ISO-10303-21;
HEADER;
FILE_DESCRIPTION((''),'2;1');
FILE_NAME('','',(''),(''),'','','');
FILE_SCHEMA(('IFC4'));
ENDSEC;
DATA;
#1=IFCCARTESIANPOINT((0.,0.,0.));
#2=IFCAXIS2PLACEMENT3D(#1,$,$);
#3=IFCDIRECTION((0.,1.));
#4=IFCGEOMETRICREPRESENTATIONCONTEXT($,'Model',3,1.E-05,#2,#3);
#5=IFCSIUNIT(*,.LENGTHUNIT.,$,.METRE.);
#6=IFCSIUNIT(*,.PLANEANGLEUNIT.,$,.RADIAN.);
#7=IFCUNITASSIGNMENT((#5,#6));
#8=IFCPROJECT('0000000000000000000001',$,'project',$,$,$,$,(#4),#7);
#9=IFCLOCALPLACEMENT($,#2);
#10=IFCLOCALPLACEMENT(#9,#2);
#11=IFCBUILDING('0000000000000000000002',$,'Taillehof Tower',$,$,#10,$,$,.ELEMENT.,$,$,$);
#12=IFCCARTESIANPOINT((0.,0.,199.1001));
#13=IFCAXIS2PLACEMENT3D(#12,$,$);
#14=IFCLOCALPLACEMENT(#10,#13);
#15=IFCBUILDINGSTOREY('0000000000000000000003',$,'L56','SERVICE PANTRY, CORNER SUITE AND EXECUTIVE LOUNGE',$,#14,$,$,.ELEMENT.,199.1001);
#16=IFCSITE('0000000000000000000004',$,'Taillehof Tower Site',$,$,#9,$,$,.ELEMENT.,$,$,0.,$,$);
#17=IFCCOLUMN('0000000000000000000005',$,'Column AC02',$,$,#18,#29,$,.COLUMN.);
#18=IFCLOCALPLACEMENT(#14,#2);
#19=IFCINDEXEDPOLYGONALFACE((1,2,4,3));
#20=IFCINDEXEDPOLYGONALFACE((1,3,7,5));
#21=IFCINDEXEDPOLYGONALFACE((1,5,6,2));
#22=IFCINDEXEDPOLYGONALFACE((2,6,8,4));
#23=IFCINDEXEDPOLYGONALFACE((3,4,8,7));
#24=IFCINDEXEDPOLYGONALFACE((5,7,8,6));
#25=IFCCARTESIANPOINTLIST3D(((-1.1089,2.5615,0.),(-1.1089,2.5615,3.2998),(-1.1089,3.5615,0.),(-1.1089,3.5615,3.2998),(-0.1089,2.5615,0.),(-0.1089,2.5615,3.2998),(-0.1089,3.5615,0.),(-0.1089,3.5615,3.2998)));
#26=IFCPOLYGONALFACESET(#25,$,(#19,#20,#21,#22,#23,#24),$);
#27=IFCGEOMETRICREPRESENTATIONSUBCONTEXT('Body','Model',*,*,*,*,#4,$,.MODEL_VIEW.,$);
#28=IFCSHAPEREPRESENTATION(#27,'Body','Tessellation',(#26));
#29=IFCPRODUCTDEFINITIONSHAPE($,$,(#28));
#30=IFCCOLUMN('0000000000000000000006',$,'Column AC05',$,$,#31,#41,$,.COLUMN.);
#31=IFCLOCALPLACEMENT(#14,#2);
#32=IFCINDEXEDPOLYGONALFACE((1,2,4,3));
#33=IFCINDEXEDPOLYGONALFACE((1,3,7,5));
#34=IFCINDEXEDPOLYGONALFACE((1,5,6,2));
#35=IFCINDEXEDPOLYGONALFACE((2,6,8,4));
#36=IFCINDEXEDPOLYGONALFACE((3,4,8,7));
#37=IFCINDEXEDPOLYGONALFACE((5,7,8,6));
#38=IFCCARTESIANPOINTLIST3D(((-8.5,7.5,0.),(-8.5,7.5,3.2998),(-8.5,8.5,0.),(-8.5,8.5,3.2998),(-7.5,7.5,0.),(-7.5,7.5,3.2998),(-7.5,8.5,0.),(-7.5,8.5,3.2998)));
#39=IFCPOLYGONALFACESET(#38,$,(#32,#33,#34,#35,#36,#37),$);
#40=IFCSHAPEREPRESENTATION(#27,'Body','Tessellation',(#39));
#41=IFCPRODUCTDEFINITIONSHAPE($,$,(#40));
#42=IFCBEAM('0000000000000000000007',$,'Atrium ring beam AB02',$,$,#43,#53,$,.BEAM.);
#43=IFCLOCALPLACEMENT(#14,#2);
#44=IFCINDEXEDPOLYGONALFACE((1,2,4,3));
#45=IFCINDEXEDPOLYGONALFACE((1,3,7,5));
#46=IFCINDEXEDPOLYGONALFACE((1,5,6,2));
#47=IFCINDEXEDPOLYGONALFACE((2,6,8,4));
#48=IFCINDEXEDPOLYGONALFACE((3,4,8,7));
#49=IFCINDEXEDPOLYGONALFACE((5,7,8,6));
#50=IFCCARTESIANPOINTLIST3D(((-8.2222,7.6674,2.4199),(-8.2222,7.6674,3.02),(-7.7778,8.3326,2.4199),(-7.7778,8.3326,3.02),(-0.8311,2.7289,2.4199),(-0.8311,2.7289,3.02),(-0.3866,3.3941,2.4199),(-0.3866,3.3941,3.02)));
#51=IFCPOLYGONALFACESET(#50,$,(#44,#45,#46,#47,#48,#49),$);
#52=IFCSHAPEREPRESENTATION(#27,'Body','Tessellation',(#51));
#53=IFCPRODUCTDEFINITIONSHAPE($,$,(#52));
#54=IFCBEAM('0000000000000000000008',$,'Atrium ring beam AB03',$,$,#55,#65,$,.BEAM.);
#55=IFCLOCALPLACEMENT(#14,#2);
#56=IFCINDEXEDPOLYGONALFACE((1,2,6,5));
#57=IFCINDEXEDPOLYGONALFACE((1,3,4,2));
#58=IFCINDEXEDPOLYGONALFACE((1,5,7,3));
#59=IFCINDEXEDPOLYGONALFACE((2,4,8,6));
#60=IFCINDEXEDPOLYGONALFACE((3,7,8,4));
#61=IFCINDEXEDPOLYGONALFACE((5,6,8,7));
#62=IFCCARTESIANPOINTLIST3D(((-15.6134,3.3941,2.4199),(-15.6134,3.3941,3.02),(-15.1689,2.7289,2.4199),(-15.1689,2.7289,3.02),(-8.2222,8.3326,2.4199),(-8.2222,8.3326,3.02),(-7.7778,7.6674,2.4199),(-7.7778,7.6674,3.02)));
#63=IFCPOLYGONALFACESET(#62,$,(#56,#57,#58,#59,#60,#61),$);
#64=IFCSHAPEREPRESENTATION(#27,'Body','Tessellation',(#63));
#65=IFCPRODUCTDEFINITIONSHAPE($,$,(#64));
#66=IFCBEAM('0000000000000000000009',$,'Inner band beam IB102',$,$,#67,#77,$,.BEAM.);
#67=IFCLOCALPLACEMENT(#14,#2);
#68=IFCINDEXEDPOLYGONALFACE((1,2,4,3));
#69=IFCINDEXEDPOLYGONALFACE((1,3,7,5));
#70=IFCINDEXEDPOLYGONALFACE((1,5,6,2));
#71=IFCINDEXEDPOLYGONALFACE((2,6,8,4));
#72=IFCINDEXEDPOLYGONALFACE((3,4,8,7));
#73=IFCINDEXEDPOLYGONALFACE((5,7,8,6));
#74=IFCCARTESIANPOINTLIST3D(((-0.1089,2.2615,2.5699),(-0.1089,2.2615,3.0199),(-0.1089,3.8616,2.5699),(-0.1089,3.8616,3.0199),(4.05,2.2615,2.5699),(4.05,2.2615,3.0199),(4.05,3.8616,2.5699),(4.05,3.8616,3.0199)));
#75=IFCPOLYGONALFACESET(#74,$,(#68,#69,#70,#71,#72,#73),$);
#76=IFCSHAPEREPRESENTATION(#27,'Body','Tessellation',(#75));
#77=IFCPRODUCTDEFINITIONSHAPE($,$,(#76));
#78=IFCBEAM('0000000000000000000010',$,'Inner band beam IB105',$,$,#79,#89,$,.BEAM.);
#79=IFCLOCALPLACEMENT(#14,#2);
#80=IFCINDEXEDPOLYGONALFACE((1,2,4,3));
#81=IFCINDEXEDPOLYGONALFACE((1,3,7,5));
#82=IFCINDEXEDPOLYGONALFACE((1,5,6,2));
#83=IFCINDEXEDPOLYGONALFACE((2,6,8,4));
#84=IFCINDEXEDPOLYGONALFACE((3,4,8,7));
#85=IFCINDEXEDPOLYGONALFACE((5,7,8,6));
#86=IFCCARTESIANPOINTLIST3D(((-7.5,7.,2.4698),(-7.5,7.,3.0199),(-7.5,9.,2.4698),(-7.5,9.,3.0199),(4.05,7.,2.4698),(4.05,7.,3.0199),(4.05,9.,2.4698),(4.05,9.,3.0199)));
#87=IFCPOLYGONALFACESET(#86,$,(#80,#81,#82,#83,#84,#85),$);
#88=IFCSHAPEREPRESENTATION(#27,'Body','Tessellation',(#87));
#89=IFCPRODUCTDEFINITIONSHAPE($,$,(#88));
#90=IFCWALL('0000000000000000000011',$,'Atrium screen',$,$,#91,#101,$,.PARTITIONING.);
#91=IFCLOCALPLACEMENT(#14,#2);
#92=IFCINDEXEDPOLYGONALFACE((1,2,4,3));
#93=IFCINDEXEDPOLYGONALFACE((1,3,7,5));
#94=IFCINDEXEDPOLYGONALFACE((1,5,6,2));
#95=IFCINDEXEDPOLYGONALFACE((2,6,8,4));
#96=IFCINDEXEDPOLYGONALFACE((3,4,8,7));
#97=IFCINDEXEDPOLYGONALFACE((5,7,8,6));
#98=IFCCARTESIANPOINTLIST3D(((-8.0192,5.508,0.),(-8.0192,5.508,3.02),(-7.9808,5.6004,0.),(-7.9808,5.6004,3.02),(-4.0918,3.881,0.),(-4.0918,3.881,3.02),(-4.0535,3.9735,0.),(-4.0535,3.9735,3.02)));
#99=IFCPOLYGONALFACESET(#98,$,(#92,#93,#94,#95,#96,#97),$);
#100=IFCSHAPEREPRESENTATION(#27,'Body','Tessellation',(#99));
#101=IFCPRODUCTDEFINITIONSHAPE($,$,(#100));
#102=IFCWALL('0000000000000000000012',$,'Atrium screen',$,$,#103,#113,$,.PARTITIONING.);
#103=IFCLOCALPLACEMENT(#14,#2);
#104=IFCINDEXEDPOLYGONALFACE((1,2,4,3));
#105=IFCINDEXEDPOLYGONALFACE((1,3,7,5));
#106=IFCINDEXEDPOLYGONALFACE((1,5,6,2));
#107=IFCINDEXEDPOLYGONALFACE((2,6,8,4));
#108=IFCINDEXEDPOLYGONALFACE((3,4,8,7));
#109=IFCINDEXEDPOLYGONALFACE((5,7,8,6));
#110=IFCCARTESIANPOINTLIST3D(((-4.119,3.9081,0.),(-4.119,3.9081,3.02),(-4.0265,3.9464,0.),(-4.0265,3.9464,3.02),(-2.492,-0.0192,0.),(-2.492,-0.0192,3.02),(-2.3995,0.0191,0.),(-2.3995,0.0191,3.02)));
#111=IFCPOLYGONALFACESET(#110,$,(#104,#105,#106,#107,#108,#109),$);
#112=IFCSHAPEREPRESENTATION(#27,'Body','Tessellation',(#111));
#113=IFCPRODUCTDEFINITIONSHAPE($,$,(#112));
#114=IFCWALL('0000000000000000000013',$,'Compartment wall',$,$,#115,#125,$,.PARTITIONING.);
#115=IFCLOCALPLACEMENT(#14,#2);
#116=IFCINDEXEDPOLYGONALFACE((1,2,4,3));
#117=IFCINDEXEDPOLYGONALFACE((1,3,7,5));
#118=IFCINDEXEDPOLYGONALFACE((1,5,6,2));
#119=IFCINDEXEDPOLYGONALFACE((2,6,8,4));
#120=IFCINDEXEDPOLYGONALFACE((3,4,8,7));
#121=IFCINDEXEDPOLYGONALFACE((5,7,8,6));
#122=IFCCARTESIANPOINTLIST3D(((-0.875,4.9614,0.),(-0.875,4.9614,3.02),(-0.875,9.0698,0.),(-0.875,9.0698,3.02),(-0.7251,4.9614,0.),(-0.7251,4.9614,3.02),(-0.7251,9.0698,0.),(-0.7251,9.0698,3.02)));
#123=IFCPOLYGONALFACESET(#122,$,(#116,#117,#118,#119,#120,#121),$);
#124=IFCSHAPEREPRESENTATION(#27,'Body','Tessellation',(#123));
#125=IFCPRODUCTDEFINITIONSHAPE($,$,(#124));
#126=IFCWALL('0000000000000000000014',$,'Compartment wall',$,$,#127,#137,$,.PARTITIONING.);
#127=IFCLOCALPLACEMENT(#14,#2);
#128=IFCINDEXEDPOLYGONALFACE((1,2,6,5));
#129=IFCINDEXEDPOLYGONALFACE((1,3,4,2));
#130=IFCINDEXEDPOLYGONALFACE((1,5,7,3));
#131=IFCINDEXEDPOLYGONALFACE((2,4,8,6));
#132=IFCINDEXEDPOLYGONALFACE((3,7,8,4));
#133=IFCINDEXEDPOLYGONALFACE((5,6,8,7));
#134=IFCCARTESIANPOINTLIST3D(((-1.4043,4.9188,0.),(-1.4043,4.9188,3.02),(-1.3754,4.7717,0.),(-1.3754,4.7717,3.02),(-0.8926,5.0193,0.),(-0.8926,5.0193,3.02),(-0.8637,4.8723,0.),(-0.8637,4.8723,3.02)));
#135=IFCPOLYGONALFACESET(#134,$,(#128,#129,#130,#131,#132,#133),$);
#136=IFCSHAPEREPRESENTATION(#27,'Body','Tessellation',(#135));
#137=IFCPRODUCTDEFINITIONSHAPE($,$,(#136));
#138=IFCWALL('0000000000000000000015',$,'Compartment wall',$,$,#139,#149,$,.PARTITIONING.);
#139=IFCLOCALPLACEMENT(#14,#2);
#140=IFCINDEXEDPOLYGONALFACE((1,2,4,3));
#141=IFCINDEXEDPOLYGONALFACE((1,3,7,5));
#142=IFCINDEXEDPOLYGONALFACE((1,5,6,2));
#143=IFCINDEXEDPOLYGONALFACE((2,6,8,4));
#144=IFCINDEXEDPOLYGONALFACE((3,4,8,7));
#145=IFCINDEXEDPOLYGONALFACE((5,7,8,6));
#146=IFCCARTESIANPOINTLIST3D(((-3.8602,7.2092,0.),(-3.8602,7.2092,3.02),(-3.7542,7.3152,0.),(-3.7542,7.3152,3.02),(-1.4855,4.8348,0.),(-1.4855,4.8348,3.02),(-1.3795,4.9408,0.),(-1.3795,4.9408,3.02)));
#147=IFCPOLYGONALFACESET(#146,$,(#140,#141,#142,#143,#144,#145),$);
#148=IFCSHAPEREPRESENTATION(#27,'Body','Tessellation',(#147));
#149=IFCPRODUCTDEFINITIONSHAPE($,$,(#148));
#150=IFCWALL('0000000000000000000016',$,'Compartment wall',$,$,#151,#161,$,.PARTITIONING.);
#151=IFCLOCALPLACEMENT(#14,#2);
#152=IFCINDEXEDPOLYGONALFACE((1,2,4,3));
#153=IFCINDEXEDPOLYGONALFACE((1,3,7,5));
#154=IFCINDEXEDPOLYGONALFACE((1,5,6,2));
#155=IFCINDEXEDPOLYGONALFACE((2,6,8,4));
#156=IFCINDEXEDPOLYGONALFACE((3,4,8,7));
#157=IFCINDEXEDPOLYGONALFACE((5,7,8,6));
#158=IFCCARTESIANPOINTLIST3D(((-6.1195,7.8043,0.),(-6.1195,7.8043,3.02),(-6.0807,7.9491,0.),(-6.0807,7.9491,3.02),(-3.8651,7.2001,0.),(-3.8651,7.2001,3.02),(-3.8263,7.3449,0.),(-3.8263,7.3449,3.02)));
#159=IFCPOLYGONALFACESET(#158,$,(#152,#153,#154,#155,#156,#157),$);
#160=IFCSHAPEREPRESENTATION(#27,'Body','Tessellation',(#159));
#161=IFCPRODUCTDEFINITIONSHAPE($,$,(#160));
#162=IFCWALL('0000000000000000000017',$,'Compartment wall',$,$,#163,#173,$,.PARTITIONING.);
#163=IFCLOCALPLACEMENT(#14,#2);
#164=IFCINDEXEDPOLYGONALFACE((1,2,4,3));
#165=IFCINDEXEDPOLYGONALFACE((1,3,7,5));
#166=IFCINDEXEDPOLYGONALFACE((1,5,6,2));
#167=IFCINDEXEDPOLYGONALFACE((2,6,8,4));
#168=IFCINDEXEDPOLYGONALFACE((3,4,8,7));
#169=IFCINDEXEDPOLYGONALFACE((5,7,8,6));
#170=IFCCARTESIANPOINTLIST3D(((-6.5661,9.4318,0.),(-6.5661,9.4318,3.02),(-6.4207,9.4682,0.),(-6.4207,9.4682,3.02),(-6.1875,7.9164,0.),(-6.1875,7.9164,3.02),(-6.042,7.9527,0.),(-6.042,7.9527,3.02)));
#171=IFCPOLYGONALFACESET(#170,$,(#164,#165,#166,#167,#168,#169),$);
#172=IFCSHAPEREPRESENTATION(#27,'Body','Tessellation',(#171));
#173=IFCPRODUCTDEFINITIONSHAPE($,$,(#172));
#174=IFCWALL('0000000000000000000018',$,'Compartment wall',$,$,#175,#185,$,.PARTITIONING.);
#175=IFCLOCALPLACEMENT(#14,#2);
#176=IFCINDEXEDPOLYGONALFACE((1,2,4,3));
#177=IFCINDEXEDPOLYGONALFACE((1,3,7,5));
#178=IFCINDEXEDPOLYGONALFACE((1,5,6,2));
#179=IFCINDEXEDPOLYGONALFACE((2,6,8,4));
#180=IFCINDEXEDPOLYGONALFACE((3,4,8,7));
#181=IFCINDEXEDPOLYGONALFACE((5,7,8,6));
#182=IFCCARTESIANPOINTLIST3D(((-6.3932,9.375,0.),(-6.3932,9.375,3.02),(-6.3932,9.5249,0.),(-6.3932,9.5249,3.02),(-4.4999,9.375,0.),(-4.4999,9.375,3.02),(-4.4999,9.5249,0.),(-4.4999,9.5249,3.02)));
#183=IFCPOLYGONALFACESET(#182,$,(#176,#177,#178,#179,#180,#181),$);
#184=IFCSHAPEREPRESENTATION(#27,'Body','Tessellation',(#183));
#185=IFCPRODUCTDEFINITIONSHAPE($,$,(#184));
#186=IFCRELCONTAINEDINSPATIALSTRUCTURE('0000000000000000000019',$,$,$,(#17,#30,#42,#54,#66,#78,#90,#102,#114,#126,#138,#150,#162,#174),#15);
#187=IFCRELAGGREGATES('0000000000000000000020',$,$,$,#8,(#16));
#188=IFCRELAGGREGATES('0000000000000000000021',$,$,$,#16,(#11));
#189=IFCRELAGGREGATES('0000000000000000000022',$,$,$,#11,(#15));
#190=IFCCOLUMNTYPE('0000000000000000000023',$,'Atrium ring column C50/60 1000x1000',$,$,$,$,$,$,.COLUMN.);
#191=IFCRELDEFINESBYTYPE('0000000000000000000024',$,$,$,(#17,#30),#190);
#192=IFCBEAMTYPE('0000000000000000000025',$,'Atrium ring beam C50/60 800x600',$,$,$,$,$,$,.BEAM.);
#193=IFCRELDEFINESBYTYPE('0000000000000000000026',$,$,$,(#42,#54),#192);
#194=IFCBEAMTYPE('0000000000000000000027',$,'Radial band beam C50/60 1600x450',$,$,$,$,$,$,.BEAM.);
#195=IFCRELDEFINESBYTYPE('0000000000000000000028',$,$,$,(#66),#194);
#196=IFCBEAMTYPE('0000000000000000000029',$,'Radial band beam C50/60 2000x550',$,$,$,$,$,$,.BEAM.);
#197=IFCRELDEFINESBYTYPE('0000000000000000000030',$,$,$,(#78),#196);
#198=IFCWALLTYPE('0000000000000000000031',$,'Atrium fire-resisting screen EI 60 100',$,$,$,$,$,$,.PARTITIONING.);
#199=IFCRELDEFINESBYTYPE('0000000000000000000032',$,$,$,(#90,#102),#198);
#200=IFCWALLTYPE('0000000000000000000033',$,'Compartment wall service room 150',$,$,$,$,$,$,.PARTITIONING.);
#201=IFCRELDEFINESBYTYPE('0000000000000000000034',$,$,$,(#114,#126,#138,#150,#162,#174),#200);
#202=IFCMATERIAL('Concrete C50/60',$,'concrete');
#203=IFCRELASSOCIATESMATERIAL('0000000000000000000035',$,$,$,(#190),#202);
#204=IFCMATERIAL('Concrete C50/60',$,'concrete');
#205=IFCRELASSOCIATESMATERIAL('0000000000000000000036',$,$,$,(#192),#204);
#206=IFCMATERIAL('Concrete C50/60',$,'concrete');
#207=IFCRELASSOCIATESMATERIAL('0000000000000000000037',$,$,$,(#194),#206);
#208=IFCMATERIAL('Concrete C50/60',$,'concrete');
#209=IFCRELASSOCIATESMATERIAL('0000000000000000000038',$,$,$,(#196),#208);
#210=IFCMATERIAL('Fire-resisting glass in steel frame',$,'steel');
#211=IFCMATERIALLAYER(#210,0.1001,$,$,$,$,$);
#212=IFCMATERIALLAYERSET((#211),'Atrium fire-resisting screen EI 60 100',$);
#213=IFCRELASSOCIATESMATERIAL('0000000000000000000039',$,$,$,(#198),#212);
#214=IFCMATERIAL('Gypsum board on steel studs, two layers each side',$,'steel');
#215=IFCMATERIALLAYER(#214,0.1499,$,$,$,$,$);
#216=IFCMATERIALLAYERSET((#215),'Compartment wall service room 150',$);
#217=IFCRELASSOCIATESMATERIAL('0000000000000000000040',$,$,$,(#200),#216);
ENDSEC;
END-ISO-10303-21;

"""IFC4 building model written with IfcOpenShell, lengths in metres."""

from ifc_helpers import new_model, si_unit, direction, frame, frame_2d, origin, origin_2d, place, context, subcontext, project, spatial, rectangle, extrude, material, layer, layer_set, material_profile, profile_set, type_object, element, save


model = new_model("IFC4")

# Units and contexts
model_context = context("Model", 3, precision=1e-05, world=origin(), true_north=direction((0.0, 1.0)))
body_context = subcontext(model_context, "Body", "Model", "MODEL_VIEW")
ifc_project = project(units=[si_unit("LENGTHUNIT", "METRE"), si_unit("PLANEANGLEUNIT", "RADIAN")], contexts=[model_context])

# Site, building, storey
site_placement = place(None, origin())
site = spatial("IfcSite", under=ifc_project, at=site_placement, Name="Taillehof Tower Site", CompositionType="ELEMENT", RefElevation=0.0)
building_placement = place(site_placement, origin())
building = spatial("IfcBuilding", under=site, at=building_placement, Name="Taillehof Tower", CompositionType="ELEMENT")
storey_placement = place(building_placement, frame((0.0, 0.0, 199.1001)))
storey = spatial("IfcBuildingStorey", under=building, at=storey_placement, Name="L56", Description="SERVICE PANTRY, CORNER SUITE AND EXECUTIVE LOUNGE", CompositionType="ELEMENT", Elevation=199.1001)

# Columns
ifc_material_1 = material(Name="Concrete C50/60", Category="concrete")
ifc_material_profile_1 = material_profile(ifc_material_1, rectangle(XDim=1.0, YDim=1.0, at=origin_2d()), Name="RC 1000x1000")
ifc_profile_set_1 = profile_set([ifc_material_profile_1], Name="Concrete C50/60")
column_type = type_object("IfcColumnType", Name="Atrium ring column C50/60 1000x1000", PredefinedType="COLUMN", material=ifc_profile_set_1)
for number, where, z_axis, x_axis, name in (
    (1, (-0.6089, 3.0615, 0.0), (0.0, 0.0, 1.0), (1.0, 0.0, 0.0), "Column AC02"),
    (2, (-8.0, 8.0, 0.0), (0.0, 0.0, 1.0), (1.0, 0.0, 0.0), "Column AC05"),
):
    element("IfcColumn", number, at=place(storey_placement, frame(where, z_axis=z_axis, x_axis=x_axis)), inside=storey, type_object=column_type, Name=name, PredefinedType="COLUMN", context=body_context, shape_type="SweptSolid", body=[
        extrude(rectangle(XDim=1.0, YDim=1.0, at=origin_2d()), origin(), (0.0, 0.0, 1.0), 3.2998),
    ])

# Beams
ifc_material_2 = material(Name="Concrete C50/60", Category="concrete")
ifc_material_profile_2 = material_profile(ifc_material_2, rectangle(XDim=0.8, YDim=0.6001, at=origin_2d()), Name="RC 800x600")
ifc_profile_set_2 = profile_set([ifc_material_profile_2], Name="Concrete C50/60")
beam_type_1 = type_object("IfcBeamType", Name="Atrium ring beam C50/60 800x600", PredefinedType="BEAM", material=ifc_profile_set_2)
for number, where, z_axis, x_axis, name in (
    (3, (-0.6089, 3.0615, 2.72), (-0.831475, 0.555562, 0.0), (-0.555562, -0.831475, 0.0), "Atrium ring beam AB02"),
    (4, (-8.0, 8.0, 2.72), (-0.831475, -0.555562, 0.0), (0.555562, -0.831475, 0.0), "Atrium ring beam AB03"),
):
    element("IfcBeam", number, at=place(storey_placement, frame(where, z_axis=z_axis, x_axis=x_axis)), inside=storey, type_object=beam_type_1, Name=name, PredefinedType="BEAM", context=body_context, shape_type="SweptSolid", body=[
        extrude(rectangle(XDim=0.8, YDim=0.6001, at=origin_2d()), origin(), (0.0, 0.0, 1.0), 8.8892),
    ])
ifc_material_3 = material(Name="Concrete C50/60", Category="concrete")
ifc_material_profile_3 = material_profile(ifc_material_3, rectangle(XDim=1.6001, YDim=0.45, at=origin_2d()), Name="RC 1600x450")
ifc_profile_set_3 = profile_set([ifc_material_profile_3], Name="Concrete C50/60")
beam_type_2 = type_object("IfcBeamType", Name="Radial band beam C50/60 1600x450", PredefinedType="BEAM", material=ifc_profile_set_3)
beam_1_placement = place(storey_placement, frame((-0.1089, 3.0615, 2.7949), z_axis=(1.0, 0.0, 0.0), x_axis=(0.0, 1.0, 0.0)))
element("IfcBeam", 5, at=beam_1_placement, inside=storey, type_object=beam_type_2, Name="Inner band beam IB102", PredefinedType="BEAM", context=body_context, shape_type="SweptSolid", body=[
    extrude(rectangle(XDim=1.6001, YDim=0.45, at=origin_2d()), origin(), (0.0, 0.0, 1.0), 4.1589),
])
ifc_material_4 = material(Name="Concrete C50/60", Category="concrete")
ifc_material_profile_4 = material_profile(ifc_material_4, rectangle(XDim=2.0, YDim=0.55, at=origin_2d()), Name="RC 2000x550")
ifc_profile_set_4 = profile_set([ifc_material_profile_4], Name="Concrete C50/60")
beam_type_3 = type_object("IfcBeamType", Name="Radial band beam C50/60 2000x550", PredefinedType="BEAM", material=ifc_profile_set_4)
beam_2_placement = place(storey_placement, frame((-7.5, 8.0, 2.7449), z_axis=(1.0, 0.0, 0.0), x_axis=(0.0, 1.0, 0.0)))
element("IfcBeam", 6, at=beam_2_placement, inside=storey, type_object=beam_type_3, Name="Inner band beam IB105", PredefinedType="BEAM", context=body_context, shape_type="SweptSolid", body=[
    extrude(rectangle(XDim=2.0, YDim=0.55, at=origin_2d()), origin(), (0.0, 0.0, 1.0), 11.55),
])

# Walls
ifc_material_5 = material(Name="Fire-resisting glass in steel frame", Category="steel")
ifc_layer_1 = layer(ifc_material_5, 0.1001)
ifc_layer_set_1 = layer_set([ifc_layer_1], Name="Atrium fire-resisting screen EI 60 100")
wall_type_1 = type_object("IfcWallType", Name="Atrium fire-resisting screen EI 60 100", PredefinedType="PARTITIONING", material=ifc_layer_set_1)
for number, where, z_axis, x_axis, name in (
    (7, (-8.0, 5.5542, 0.0), (0.0, 0.0, 1.0), (0.92386, -0.382731, 0.0), "Atrium screen"),
    (8, (-4.0728, 3.9272, 0.0), (0.0, 0.0, 1.0), (0.382731, -0.92386, 0.0), "Atrium screen"),
):
    element("IfcWall", number, at=place(storey_placement, frame(where, z_axis=z_axis, x_axis=x_axis)), inside=storey, type_object=wall_type_1, Name=name, PredefinedType="PARTITIONING", context=body_context, shape_type="SweptSolid", body=[
        extrude(rectangle(XDim=4.251, YDim=0.1001, at=frame_2d((2.1255, 0.0))), origin(), (0.0, 0.0, 1.0), 3.02),
    ])
ifc_material_6 = material(Name="Gypsum board on steel studs, two layers each side", Category="steel")
ifc_layer_2 = layer(ifc_material_6, 0.1499)
ifc_layer_set_2 = layer_set([ifc_layer_2], Name="Compartment wall service room 150")
wall_type_2 = type_object("IfcWallType", Name="Compartment wall service room 150", PredefinedType="PARTITIONING", material=ifc_layer_set_2)
wall_1_placement = place(storey_placement, frame((-0.8, 9.0698, 0.0), z_axis=(0.0, 0.0, 1.0), x_axis=(0.0, -1.0, 0.0)))
element("IfcWall", 9, at=wall_1_placement, inside=storey, type_object=wall_type_2, Name="Compartment wall", PredefinedType="PARTITIONING", context=body_context, shape_type="SweptSolid", body=[
    extrude(rectangle(XDim=4.1084, YDim=0.1499, at=frame_2d((2.0542, 0.0))), origin(), (0.0, 0.0, 1.0), 3.02),
])
wall_2_placement = place(storey_placement, frame((-0.8782, 4.9458, 0.0), z_axis=(0.0, 0.0, 1.0), x_axis=(-0.981224, -0.192874, 0.0)))
element("IfcWall", 10, at=wall_2_placement, inside=storey, type_object=wall_type_2, Name="Compartment wall", PredefinedType="PARTITIONING", context=body_context, shape_type="SweptSolid", body=[
    extrude(rectangle(XDim=0.5215, YDim=0.1499, at=frame_2d((0.2607, 0.0))), origin(), (0.0, 0.0, 1.0), 3.02),
])
wall_3_placement = place(storey_placement, frame((-1.4324, 4.8877, 0.0), z_axis=(0.0, 0.0, 1.0), x_axis=(-0.707143, 0.70707, 0.0)))
element("IfcWall", 11, at=wall_3_placement, inside=storey, type_object=wall_type_2, Name="Compartment wall", PredefinedType="PARTITIONING", context=body_context, shape_type="SweptSolid", body=[
    extrude(rectangle(XDim=3.3582, YDim=0.1499, at=frame_2d((1.6792, 0.0))), origin(), (0.0, 0.0, 1.0), 3.02),
])
wall_4_placement = place(storey_placement, frame((-3.8457, 7.2725, 0.0), z_axis=(0.0, 0.0, 1.0), x_axis=(-0.965906, 0.258893, 0.0)))
element("IfcWall", 12, at=wall_4_placement, inside=storey, type_object=wall_type_2, Name="Compartment wall", PredefinedType="PARTITIONING", context=body_context, shape_type="SweptSolid", body=[
    extrude(rectangle(XDim=2.334, YDim=0.1499, at=frame_2d((1.167, 0.0))), origin(), (0.0, 0.0, 1.0), 3.02),
])
wall_5_placement = place(storey_placement, frame((-6.1147, 7.9346, 0.0), z_axis=(0.0, 0.0, 1.0), x_axis=(-0.242425, 0.97017, 0.0)))
element("IfcWall", 13, at=wall_5_placement, inside=storey, type_object=wall_type_2, Name="Compartment wall", PredefinedType="PARTITIONING", context=body_context, shape_type="SweptSolid", body=[
    extrude(rectangle(XDim=1.562, YDim=0.1499, at=frame_2d((0.781, 0.0))), origin(), (0.0, 0.0, 1.0), 3.02),
])
wall_6_placement = place(storey_placement, frame((-6.3933, 9.45, 0.0), z_axis=(0.0, 0.0, 1.0), x_axis=(1.0, 0.0, 0.0)))
element("IfcWall", 14, at=wall_6_placement, inside=storey, type_object=wall_type_2, Name="Compartment wall", PredefinedType="PARTITIONING", context=body_context, shape_type="SweptSolid", body=[
    extrude(rectangle(XDim=1.8933, YDim=0.1499, at=frame_2d((0.9468, 0.0))), origin(), (0.0, 0.0, 1.0), 3.02),
])

save(model, "model.ifc")
